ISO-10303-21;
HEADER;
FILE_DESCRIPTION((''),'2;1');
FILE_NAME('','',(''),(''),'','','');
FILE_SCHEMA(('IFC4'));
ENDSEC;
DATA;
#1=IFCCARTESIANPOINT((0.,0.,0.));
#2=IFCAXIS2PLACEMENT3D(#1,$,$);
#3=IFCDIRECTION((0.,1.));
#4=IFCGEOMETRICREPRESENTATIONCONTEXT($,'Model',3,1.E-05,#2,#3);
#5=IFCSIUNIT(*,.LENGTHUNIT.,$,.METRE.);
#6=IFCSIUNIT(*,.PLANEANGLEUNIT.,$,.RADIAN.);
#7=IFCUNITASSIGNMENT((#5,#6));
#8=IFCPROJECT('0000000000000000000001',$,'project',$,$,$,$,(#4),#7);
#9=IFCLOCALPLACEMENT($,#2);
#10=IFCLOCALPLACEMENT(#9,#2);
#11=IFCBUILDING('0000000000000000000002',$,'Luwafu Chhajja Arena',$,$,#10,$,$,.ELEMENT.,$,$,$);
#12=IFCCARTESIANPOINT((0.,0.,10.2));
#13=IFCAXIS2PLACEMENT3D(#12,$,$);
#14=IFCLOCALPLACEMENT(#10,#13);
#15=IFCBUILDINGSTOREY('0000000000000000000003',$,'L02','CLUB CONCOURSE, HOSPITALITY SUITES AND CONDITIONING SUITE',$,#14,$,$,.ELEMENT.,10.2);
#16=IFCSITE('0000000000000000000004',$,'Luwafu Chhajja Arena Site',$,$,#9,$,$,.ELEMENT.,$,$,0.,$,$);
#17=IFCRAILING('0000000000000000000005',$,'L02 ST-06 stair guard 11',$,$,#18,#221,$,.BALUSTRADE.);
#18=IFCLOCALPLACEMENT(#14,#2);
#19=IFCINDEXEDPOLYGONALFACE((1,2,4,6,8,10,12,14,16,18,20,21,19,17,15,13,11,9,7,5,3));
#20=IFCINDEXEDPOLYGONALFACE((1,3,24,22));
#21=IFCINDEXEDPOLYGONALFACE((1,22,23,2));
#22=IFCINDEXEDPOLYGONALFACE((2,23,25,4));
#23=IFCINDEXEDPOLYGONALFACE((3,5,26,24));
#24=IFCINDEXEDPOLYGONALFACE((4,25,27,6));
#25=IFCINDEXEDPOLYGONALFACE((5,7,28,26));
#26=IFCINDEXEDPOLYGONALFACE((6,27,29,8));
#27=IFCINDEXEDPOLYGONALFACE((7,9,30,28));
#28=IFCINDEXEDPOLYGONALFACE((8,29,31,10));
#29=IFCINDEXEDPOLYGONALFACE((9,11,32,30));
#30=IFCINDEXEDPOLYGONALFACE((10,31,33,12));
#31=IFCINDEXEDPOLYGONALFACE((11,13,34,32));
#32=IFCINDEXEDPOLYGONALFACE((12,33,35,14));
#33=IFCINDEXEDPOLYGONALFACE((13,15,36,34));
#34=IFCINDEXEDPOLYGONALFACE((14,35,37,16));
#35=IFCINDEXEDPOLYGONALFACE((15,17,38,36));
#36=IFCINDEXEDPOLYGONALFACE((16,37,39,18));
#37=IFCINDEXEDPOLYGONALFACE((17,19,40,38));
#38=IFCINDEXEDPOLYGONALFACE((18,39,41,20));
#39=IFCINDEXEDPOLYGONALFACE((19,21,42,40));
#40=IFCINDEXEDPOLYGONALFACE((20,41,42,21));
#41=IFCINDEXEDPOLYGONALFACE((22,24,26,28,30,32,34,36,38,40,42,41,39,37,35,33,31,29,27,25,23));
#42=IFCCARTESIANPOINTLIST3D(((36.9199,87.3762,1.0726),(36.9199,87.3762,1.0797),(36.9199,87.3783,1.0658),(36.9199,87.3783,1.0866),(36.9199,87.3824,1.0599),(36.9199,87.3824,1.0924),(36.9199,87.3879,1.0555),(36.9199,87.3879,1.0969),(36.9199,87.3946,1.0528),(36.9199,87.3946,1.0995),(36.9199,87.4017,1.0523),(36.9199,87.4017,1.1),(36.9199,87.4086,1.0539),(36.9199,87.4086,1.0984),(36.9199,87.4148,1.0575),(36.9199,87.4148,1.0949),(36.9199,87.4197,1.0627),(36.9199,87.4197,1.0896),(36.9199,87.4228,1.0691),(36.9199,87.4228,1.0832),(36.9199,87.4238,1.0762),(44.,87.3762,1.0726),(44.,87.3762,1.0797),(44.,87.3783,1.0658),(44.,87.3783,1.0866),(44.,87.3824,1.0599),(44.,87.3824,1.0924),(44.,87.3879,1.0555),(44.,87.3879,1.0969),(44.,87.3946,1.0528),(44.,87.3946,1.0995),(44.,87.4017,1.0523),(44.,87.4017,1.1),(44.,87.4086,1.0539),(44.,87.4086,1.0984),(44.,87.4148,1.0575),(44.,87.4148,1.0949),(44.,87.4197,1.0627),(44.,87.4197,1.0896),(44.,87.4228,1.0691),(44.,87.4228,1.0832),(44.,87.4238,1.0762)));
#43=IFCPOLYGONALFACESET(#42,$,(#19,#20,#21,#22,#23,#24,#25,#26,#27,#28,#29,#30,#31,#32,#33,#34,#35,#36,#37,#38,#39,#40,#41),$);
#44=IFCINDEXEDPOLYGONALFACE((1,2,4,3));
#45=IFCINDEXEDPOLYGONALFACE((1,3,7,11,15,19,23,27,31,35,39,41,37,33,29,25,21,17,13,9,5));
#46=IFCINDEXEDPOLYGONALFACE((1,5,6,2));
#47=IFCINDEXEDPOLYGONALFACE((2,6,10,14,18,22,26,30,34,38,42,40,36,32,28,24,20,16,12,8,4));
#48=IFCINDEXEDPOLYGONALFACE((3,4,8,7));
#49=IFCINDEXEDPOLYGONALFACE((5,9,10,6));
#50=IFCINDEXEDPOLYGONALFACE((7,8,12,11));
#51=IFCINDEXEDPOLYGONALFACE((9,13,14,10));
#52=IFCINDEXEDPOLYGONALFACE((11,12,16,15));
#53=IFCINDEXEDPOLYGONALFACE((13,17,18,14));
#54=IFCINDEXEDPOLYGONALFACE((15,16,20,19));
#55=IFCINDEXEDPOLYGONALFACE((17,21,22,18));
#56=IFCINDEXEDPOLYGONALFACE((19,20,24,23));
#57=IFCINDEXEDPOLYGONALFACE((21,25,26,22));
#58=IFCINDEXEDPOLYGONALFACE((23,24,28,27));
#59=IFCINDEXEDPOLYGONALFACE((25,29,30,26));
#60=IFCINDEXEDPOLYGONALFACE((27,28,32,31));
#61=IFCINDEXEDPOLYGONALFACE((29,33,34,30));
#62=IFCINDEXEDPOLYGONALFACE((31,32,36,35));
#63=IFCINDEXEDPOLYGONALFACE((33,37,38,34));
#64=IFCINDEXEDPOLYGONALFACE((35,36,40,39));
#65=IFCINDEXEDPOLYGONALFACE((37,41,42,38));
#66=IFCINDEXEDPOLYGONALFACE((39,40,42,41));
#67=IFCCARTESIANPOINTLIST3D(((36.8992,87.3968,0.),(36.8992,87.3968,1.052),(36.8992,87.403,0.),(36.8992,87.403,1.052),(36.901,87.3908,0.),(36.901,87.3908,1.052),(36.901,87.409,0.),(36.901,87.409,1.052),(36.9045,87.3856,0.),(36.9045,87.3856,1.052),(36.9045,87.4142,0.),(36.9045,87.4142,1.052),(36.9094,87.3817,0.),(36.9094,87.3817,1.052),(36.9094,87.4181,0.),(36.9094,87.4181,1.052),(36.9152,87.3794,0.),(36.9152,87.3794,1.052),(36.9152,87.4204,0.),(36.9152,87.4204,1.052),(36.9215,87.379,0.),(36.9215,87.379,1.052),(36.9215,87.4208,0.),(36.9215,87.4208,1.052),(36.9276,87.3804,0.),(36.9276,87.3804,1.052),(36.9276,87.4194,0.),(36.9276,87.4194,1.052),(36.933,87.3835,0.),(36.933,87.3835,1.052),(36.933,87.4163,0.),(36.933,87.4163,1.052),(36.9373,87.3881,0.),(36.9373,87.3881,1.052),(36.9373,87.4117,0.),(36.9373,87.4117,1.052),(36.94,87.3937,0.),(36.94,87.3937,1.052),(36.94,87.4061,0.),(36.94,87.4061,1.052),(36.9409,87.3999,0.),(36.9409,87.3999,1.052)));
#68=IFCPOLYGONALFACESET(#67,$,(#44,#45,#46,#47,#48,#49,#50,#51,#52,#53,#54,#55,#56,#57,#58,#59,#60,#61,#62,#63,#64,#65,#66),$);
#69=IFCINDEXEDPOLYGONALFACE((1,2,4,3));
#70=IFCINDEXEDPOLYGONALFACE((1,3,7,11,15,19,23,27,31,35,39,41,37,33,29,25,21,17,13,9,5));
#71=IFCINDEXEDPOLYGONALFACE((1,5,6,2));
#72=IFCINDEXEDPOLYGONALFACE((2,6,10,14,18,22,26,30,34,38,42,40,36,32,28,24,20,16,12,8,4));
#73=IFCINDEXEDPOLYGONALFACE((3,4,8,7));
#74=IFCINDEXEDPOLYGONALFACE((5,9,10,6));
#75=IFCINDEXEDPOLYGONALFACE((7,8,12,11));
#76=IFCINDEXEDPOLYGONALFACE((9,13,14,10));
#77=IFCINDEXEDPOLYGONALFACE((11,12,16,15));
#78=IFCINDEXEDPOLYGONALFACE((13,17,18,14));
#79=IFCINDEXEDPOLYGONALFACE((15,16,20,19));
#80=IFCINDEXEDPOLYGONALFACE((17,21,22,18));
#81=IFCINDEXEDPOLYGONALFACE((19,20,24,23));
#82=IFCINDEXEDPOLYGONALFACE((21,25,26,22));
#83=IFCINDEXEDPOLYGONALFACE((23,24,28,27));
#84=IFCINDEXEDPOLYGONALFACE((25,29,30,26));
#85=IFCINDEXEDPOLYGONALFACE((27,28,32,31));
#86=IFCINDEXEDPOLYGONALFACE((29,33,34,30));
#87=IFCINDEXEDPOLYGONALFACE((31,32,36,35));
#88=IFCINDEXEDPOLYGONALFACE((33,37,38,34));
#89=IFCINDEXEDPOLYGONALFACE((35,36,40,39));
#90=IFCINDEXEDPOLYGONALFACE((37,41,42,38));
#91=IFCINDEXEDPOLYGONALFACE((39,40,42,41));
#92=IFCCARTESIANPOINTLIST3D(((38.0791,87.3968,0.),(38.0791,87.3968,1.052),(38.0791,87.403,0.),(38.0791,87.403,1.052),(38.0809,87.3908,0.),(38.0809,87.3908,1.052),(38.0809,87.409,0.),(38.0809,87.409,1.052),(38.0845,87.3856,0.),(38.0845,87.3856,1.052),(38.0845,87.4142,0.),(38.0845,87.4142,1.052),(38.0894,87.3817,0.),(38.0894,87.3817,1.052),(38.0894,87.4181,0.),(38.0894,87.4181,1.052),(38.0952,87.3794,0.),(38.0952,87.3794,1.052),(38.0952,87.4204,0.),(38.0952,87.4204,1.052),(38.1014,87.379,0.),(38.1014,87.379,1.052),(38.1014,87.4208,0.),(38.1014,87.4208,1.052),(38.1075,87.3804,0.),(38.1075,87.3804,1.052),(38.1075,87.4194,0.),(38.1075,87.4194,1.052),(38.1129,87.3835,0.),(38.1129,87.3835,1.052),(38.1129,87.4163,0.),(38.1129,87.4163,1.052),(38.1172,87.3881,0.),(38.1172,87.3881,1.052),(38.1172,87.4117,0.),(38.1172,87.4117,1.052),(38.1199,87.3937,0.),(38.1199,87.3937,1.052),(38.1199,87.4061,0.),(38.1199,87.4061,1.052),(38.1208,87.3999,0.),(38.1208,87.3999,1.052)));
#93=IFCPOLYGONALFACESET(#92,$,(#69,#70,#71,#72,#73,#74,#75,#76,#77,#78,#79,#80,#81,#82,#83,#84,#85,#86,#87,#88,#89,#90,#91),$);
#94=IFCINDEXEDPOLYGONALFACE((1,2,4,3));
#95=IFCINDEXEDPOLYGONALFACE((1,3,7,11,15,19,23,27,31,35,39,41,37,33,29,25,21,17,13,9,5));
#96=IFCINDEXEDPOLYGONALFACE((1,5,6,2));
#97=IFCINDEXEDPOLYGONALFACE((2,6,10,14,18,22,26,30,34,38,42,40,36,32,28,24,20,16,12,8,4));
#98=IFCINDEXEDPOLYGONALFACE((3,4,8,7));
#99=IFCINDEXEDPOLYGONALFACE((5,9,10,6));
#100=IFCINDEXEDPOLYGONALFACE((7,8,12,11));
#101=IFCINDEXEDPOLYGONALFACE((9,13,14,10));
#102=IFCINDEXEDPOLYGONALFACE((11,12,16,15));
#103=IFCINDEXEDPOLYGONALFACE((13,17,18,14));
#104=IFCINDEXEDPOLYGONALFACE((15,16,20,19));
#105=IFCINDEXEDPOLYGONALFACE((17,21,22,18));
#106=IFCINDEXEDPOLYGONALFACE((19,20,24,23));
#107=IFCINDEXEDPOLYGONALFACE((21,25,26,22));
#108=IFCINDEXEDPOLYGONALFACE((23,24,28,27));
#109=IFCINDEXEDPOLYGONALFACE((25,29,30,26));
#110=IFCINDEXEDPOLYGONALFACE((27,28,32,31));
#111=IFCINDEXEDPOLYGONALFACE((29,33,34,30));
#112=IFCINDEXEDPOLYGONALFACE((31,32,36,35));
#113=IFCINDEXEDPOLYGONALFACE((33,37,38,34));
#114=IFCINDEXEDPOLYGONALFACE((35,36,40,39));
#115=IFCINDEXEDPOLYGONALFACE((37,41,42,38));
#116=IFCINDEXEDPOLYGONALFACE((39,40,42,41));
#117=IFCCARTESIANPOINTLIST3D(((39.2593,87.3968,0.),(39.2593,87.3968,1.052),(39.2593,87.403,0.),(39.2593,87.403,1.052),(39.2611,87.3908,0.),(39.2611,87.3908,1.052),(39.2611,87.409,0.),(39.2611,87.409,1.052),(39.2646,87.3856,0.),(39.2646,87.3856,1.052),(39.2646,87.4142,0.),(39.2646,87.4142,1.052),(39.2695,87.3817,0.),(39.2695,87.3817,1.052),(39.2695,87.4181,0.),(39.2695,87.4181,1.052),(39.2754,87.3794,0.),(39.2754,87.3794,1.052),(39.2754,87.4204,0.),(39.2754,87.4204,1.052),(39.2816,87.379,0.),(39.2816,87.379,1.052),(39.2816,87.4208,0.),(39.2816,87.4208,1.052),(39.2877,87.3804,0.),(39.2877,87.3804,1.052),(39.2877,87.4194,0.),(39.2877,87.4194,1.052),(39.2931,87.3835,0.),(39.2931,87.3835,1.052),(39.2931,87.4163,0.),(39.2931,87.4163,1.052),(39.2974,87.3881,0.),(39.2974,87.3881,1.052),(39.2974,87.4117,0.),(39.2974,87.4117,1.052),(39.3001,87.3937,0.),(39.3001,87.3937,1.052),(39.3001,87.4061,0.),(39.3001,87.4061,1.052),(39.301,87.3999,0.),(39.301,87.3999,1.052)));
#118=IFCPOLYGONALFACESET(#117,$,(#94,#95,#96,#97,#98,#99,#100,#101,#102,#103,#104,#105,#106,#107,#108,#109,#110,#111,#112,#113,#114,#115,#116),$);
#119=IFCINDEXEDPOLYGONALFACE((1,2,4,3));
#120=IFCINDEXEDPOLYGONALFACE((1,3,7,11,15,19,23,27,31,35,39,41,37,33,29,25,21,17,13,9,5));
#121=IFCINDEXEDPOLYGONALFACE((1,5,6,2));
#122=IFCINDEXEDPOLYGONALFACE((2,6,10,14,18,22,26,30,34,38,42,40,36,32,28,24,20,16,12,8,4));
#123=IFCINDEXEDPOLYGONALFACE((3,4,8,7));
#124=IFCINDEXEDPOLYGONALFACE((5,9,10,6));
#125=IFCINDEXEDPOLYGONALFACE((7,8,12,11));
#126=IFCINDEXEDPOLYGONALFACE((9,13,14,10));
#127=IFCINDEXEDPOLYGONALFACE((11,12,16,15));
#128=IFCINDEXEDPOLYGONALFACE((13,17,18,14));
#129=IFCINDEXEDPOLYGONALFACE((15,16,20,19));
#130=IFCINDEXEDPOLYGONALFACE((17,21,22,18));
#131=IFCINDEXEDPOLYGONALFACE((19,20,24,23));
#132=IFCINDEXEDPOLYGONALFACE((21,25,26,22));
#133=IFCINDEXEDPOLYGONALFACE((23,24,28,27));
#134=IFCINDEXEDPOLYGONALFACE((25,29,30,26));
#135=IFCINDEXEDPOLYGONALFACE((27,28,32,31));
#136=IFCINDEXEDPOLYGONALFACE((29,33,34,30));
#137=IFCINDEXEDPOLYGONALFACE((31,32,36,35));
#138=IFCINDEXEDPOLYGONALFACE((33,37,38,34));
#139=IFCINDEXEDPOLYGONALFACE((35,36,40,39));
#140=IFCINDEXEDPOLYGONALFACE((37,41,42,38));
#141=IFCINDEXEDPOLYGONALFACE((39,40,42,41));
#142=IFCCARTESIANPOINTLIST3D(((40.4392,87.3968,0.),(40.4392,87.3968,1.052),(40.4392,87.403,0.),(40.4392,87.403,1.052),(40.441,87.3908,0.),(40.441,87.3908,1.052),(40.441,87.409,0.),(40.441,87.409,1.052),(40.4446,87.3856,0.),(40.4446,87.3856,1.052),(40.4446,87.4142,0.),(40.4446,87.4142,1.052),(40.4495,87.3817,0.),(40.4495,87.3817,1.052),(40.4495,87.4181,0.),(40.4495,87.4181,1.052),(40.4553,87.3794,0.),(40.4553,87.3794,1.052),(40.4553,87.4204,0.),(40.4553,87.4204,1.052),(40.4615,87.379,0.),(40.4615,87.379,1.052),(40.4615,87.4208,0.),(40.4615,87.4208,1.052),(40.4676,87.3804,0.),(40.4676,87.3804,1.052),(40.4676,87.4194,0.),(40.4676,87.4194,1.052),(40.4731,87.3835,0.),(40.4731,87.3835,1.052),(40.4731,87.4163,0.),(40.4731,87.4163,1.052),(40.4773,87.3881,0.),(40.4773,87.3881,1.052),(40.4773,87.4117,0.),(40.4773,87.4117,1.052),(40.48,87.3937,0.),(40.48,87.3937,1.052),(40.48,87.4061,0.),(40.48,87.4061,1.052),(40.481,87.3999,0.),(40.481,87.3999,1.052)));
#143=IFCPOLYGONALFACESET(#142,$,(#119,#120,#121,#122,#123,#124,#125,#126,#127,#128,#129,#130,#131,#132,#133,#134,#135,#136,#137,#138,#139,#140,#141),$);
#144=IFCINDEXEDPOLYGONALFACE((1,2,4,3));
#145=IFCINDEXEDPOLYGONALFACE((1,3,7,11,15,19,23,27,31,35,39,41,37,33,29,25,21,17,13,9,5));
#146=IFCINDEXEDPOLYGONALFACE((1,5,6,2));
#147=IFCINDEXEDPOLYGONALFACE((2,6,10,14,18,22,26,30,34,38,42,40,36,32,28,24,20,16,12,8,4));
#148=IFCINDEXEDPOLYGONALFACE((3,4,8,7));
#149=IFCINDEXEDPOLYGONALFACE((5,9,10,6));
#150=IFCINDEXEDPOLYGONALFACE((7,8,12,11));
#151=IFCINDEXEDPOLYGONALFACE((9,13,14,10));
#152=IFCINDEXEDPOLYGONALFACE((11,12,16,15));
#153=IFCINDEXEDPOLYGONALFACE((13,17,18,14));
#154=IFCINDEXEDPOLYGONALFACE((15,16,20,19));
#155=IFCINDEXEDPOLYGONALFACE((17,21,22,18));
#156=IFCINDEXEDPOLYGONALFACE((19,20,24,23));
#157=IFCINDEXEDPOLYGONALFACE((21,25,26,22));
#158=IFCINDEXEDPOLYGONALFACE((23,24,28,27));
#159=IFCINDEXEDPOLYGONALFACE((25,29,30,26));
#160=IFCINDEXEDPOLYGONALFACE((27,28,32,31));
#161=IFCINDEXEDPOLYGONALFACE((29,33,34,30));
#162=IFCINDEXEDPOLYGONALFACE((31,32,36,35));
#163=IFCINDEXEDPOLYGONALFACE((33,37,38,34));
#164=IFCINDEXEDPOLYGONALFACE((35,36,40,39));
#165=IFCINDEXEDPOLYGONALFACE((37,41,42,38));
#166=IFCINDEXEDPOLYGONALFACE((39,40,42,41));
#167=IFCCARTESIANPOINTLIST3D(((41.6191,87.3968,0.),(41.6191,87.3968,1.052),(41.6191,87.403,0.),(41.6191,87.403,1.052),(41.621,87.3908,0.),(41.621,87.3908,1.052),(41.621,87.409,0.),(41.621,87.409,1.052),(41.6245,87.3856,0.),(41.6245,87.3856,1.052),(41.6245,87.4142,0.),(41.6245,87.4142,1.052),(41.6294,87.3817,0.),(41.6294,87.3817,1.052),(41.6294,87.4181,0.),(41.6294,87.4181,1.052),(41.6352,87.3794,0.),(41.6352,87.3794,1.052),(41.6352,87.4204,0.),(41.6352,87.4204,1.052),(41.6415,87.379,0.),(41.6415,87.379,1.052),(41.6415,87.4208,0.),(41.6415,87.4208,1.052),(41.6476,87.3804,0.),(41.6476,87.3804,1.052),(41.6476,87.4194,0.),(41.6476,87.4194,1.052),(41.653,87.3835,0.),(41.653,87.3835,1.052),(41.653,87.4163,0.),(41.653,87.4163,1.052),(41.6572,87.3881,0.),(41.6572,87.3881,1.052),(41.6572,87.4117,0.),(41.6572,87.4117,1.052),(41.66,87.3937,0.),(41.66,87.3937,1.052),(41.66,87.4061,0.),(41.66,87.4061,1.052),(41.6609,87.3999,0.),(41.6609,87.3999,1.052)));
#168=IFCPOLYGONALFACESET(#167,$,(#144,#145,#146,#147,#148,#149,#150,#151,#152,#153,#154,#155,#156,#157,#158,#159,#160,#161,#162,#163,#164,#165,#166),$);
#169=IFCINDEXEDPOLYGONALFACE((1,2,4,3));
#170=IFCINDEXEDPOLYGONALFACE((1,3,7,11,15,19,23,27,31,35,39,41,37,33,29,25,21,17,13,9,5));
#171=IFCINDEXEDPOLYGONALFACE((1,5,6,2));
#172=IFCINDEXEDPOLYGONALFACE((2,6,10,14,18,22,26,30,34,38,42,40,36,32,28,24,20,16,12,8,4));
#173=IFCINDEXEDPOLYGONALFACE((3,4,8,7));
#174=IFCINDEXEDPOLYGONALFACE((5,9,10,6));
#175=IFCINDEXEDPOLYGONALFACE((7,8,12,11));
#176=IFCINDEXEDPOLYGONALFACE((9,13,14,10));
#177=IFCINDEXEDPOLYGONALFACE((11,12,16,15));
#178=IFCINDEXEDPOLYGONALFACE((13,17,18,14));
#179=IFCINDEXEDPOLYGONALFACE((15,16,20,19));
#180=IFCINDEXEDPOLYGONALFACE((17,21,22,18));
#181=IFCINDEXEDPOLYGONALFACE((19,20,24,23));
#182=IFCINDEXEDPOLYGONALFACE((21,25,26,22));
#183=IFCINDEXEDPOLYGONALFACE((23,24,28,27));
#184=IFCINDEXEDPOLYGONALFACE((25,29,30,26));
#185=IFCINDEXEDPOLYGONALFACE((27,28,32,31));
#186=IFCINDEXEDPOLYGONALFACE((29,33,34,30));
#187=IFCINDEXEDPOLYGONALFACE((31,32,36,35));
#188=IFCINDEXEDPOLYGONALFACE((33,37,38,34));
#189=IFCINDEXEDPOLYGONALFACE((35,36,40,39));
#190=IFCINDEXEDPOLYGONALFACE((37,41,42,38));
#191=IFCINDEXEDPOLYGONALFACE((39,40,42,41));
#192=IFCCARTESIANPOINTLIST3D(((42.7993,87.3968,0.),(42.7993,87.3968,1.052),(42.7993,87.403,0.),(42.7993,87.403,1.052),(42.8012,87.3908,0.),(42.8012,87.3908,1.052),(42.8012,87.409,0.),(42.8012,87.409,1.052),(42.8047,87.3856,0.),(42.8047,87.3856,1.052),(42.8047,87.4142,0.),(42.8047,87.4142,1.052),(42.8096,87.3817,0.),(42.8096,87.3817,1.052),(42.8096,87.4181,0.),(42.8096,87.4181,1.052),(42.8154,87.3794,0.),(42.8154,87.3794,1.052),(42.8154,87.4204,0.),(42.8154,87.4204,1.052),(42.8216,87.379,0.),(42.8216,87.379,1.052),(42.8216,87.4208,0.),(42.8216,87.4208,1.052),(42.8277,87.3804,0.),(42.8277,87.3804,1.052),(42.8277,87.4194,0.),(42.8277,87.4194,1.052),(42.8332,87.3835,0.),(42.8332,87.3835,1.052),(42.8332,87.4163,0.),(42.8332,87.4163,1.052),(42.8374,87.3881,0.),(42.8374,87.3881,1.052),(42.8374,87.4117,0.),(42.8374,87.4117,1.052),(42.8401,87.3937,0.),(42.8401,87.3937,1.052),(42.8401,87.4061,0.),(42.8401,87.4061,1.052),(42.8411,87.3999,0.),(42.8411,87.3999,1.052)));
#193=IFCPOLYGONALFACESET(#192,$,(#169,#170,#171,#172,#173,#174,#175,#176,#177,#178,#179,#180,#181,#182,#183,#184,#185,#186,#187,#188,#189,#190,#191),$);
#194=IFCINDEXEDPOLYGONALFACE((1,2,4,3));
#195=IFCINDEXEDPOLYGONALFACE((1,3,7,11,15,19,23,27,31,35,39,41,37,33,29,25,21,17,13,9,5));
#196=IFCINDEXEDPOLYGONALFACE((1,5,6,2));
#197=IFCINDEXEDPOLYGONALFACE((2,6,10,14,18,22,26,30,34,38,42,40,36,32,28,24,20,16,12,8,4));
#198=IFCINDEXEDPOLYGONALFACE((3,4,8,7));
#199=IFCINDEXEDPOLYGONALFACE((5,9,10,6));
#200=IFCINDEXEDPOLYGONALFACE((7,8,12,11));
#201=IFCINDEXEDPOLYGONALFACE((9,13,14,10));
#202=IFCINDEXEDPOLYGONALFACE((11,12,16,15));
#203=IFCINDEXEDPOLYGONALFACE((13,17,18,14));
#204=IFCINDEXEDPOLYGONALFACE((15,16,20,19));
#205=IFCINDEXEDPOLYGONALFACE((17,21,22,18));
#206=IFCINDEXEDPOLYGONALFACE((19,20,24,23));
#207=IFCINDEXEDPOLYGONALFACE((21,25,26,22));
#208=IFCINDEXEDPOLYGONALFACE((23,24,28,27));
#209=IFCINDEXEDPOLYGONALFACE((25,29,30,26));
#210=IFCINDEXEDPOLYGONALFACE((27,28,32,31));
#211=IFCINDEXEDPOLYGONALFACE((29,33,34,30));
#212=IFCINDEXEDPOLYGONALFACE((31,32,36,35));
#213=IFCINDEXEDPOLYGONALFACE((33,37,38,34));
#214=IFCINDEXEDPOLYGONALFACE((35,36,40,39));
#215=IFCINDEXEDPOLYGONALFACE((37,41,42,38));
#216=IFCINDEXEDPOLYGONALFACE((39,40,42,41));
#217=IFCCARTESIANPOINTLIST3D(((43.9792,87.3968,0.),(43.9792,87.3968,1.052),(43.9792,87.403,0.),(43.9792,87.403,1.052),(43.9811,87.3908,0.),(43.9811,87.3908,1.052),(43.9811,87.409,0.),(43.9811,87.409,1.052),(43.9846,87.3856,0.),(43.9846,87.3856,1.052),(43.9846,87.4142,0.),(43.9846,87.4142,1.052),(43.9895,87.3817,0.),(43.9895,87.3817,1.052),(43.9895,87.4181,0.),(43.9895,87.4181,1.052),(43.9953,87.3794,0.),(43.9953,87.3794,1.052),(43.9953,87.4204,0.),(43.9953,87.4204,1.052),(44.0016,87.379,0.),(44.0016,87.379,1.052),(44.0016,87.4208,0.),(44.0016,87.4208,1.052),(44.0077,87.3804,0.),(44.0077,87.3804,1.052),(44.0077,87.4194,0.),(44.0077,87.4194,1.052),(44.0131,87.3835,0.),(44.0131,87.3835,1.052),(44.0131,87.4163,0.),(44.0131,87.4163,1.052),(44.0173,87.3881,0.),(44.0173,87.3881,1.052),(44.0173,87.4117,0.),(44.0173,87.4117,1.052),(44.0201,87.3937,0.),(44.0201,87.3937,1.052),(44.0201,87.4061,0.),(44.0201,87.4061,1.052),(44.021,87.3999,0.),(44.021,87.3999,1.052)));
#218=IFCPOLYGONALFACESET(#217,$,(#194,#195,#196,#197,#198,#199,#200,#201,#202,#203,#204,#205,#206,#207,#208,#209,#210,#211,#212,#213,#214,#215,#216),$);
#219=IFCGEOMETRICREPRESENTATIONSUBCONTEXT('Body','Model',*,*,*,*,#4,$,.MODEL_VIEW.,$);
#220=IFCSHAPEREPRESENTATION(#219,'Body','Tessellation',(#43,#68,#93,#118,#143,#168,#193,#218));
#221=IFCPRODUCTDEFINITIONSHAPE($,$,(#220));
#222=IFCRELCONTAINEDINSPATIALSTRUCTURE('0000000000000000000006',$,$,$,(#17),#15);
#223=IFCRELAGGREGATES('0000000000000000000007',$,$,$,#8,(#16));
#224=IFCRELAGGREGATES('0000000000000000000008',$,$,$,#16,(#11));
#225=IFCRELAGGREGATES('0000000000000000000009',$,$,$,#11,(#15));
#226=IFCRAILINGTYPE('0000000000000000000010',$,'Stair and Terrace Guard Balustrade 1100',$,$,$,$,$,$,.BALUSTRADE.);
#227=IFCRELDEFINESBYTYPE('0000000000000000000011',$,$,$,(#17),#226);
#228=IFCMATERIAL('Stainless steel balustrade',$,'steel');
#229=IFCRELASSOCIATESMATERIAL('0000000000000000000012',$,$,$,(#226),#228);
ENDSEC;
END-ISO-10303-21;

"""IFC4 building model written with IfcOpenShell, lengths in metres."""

from ifc_helpers import new_model, si_unit, direction, frame, origin, origin_2d, place, context, subcontext, project, spatial, circle, extrude, material, type_object, element, save


model = new_model("IFC4")

# Units and contexts
model_context = context("Model", 3, precision=1e-05, world=origin(), true_north=direction((0.0, 1.0)))
body_context = subcontext(model_context, "Body", "Model", "MODEL_VIEW")
ifc_project = project(units=[si_unit("LENGTHUNIT", "METRE"), si_unit("PLANEANGLEUNIT", "RADIAN")], contexts=[model_context])

# Site, building, storey
site_placement = place(None, origin())
site = spatial("IfcSite", under=ifc_project, at=site_placement, Name="Luwafu Chhajja Arena Site", CompositionType="ELEMENT", RefElevation=0.0)
building_placement = place(site_placement, origin())
building = spatial("IfcBuilding", under=site, at=building_placement, Name="Luwafu Chhajja Arena", CompositionType="ELEMENT")
storey_placement = place(building_placement, frame((0.0, 0.0, 10.2)))
storey = spatial("IfcBuildingStorey", under=building, at=storey_placement, Name="L02", Description="CLUB CONCOURSE, HOSPITALITY SUITES AND CONDITIONING SUITE", CompositionType="ELEMENT", Elevation=10.2)

# Railing
ifc_material_1 = material(Name="Stainless steel balustrade", Category="steel")
railing_type_1 = type_object("IfcRailingType", Name="Stair and Terrace Guard Balustrade 1100", PredefinedType="BALUSTRADE", material=ifc_material_1)
railing_1_placement = place(storey_placement, frame((36.9199, 87.3999, 0.0)))
element("IfcRailing", 1, at=railing_1_placement, inside=storey, type_object=railing_type_1, Name="L02 ST-06 stair guard 11", PredefinedType="BALUSTRADE", context=body_context, shape_type="SweptSolid", body=[
    extrude(circle(Radius=0.0239, at=origin_2d()), frame((0.0, 0.0, 1.0762), z_axis=(1.0, 0.0, 0.0), x_axis=(0.0, 1.0, 0.0)), (0.0, 0.0, 1.0), 7.0801),
    extrude(circle(Radius=0.021, at=origin_2d()), origin(), (0.0, 0.0, 1.0), 1.052),
    extrude(circle(Radius=0.021, at=origin_2d()), frame((1.1799, 0.0, 0.0)), (0.0, 0.0, 1.0), 1.052),
    extrude(circle(Radius=0.021, at=origin_2d()), frame((2.3601, 0.0, 0.0)), (0.0, 0.0, 1.0), 1.052),
    extrude(circle(Radius=0.021, at=origin_2d()), frame((3.54, 0.0, 0.0)), (0.0, 0.0, 1.0), 1.052),
    extrude(circle(Radius=0.021, at=origin_2d()), frame((4.72, 0.0, 0.0)), (0.0, 0.0, 1.0), 1.052),
    extrude(circle(Radius=0.021, at=origin_2d()), frame((5.9001, 0.0, 0.0)), (0.0, 0.0, 1.0), 1.052),
    extrude(circle(Radius=0.021, at=origin_2d()), frame((7.0801, 0.0, 0.0)), (0.0, 0.0, 1.0), 1.052),
])

save(model, "model.ifc")
